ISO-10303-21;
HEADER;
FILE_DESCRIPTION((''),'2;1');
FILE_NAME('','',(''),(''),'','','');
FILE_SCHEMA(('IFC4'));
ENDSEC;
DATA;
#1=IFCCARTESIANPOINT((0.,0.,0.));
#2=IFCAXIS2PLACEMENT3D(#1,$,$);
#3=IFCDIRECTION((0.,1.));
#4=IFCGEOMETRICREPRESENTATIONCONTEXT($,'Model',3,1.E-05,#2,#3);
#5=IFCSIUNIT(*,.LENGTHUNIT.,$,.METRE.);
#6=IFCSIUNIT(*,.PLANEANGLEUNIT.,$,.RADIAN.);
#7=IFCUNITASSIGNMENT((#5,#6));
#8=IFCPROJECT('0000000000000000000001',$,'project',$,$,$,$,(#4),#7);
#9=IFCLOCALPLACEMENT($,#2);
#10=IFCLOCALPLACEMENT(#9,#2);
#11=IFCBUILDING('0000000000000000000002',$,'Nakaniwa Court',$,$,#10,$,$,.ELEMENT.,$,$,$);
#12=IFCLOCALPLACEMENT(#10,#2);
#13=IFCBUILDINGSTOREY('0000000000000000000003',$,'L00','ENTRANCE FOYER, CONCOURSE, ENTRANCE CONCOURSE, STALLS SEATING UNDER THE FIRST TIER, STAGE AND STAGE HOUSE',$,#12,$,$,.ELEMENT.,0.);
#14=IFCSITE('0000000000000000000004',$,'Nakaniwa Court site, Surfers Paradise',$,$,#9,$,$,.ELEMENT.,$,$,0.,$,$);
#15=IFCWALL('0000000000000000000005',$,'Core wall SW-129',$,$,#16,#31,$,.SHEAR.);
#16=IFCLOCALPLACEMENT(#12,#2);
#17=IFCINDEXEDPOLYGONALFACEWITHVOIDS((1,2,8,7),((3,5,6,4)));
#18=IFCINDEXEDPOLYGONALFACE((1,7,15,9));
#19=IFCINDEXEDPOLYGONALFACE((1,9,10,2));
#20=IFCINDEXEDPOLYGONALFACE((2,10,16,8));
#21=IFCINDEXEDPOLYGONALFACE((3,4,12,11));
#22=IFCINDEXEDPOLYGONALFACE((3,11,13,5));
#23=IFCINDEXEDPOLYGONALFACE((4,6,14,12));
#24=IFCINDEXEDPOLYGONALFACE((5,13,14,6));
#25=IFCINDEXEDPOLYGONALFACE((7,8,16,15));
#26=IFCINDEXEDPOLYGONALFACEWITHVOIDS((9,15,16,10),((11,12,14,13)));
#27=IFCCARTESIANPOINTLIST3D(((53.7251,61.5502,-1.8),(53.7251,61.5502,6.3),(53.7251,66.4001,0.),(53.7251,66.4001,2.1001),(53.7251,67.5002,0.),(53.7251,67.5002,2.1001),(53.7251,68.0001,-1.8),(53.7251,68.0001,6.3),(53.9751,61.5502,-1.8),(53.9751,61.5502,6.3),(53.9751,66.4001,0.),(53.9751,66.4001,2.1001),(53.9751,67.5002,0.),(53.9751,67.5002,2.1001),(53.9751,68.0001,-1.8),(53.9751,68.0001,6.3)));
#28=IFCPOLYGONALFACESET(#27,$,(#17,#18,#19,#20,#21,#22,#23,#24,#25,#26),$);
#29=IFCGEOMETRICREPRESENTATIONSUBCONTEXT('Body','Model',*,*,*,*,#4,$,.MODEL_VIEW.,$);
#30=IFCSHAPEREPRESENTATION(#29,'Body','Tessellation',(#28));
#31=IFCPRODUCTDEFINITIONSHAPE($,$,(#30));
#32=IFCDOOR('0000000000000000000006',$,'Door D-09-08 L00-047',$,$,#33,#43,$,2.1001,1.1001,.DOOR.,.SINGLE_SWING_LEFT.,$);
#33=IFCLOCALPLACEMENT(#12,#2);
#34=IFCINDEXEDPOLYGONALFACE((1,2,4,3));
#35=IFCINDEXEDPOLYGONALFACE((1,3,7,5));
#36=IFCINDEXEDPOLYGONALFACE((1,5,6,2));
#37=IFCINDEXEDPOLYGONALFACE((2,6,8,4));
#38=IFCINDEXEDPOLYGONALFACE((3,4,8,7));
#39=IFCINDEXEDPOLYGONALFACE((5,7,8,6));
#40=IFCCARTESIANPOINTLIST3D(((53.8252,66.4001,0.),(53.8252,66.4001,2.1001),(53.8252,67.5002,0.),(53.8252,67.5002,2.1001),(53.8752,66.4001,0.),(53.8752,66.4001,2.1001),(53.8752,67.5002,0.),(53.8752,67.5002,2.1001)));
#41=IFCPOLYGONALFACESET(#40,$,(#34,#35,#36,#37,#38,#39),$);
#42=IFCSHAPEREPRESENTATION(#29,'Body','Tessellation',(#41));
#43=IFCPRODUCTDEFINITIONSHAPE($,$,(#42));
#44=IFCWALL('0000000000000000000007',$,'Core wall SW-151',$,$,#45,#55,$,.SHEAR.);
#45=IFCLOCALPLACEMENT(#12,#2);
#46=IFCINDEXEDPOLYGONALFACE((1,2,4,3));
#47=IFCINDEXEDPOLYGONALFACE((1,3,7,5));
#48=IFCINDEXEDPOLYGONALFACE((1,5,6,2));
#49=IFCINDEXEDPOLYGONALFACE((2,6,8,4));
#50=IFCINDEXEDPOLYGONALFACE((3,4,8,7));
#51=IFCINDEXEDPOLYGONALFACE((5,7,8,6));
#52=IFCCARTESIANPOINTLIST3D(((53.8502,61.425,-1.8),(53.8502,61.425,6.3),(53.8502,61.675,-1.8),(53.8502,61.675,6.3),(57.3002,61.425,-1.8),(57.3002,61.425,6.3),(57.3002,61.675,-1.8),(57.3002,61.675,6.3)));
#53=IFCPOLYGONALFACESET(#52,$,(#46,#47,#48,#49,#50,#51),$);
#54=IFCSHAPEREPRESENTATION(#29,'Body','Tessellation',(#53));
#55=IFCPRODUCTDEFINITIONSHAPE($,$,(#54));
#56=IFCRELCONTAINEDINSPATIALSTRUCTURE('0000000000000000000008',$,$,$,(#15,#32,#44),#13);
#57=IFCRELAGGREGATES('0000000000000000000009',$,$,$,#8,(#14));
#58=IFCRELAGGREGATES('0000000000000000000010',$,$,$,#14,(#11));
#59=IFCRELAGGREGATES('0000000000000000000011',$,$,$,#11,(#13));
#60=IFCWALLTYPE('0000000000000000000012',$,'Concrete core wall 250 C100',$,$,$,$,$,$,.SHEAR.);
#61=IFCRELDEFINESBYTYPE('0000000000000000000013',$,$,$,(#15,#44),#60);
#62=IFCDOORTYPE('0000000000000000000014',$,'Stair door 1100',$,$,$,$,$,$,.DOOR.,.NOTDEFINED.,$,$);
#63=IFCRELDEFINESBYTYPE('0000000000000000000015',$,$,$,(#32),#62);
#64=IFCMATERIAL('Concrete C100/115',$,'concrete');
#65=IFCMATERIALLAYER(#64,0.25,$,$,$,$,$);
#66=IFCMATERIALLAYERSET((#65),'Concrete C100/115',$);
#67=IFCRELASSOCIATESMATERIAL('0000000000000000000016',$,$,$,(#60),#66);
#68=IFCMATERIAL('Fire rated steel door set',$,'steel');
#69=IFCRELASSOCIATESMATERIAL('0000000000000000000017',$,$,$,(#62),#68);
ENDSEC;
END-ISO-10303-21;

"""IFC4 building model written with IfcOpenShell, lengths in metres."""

from ifc_helpers import new_model, si_unit, direction, frame, frame_2d, origin, place, context, subcontext, project, spatial, rectangle, extrude, material, layer, layer_set, type_object, element, fill, save


model = new_model("IFC4")

# Units and contexts
model_context = context("Model", 3, precision=1e-05, world=origin(), true_north=direction((0.0, 1.0)))
body_context = subcontext(model_context, "Body", "Model", "MODEL_VIEW")
ifc_project = project(units=[si_unit("LENGTHUNIT", "METRE"), si_unit("PLANEANGLEUNIT", "RADIAN")], contexts=[model_context])

# Site, building, storey
site_placement = place(None, origin())
site = spatial("IfcSite", under=ifc_project, at=site_placement, Name="Nakaniwa Court site, Surfers Paradise", CompositionType="ELEMENT", RefElevation=0.0)
building_placement = place(site_placement, origin())
building = spatial("IfcBuilding", under=site, at=building_placement, Name="Nakaniwa Court", CompositionType="ELEMENT")
storey_placement = place(building_placement, origin())
storey = spatial("IfcBuildingStorey", under=building, at=storey_placement, Name="L00", Description="ENTRANCE FOYER, CONCOURSE, ENTRANCE CONCOURSE, STALLS SEATING UNDER THE FIRST TIER, STAGE AND STAGE HOUSE", CompositionType="ELEMENT", Elevation=0.0)

# Shared definitions
ifc_material_1 = material(Name="Concrete C100/115", Category="concrete")

# Wall, opening, door
ifc_layer_1 = layer(ifc_material_1, 0.25)
ifc_layer_set_1 = layer_set([ifc_layer_1], Name="Concrete C100/115")
wall_type_1 = type_object("IfcWallType", Name="Concrete core wall 250 C100", PredefinedType="SHEAR", material=ifc_layer_set_1)
wall_1_placement = place(storey_placement, frame((53.8501, 61.55, -1.8), z_axis=(0.0, 0.0, 1.0), x_axis=(0.0, 1.0, 0.0)))
wall_1 = element("IfcWall", 1, at=wall_1_placement, inside=storey, type_object=wall_type_1, Name="Core wall SW-129", PredefinedType="SHEAR", context=body_context, shape_type="SweptSolid", body=[
    extrude(rectangle(XDim=6.45, YDim=0.25, at=frame_2d((3.2251, 0.0))), origin(), (0.0, 0.0, 1.0), 8.1001),
])
opening_1_placement = place(wall_1_placement, frame((4.8501, 0.0, 1.8)))
opening_1 = element("IfcOpeningElement", 2, at=opening_1_placement, cuts=wall_1, PredefinedType="OPENING", context=body_context, shape_type="SweptSolid", body=[
    extrude(rectangle(XDim=1.1001, YDim=2.1001, at=frame_2d((0.55, 1.05))), frame((0.0, 0.135, 0.0), z_axis=(0.0, -1.0, 0.0), x_axis=(1.0, 0.0, 0.0)), (0.0, 0.0, 1.0), 0.27),
])
ifc_material_2 = material(Name="Fire rated steel door set", Category="steel")
door_type_1 = type_object("IfcDoorType", Name="Stair door 1100", OperationType="NOTDEFINED", PredefinedType="DOOR", material=ifc_material_2)
door_1_placement = place(opening_1_placement, origin())
door_1 = element("IfcDoor", 3, at=door_1_placement, inside=storey, type_object=door_type_1, Name="Door D-09-08 L00-047", OperationType="SINGLE_SWING_LEFT", OverallHeight=2.1001, OverallWidth=1.1001, PredefinedType="DOOR", context=body_context, shape_type="SweptSolid", body=[
    extrude(rectangle(XDim=1.1001, YDim=2.1001, at=frame_2d((0.55, 1.05))), frame((0.0, 0.0249, 0.0), z_axis=(0.0, -1.0, 0.0), x_axis=(1.0, 0.0, 0.0)), (0.0, 0.0, 1.0), 0.05),
])
fill(opening_1, door_1)

# Wall
wall_2_placement = place(storey_placement, frame((53.8501, 61.55, -1.8), z_axis=(0.0, 0.0, 1.0), x_axis=(1.0, 0.0, 0.0)))
element("IfcWall", 4, at=wall_2_placement, inside=storey, type_object=wall_type_1, Name="Core wall SW-151", PredefinedType="SHEAR", context=body_context, shape_type="SweptSolid", body=[
    extrude(rectangle(XDim=3.45, YDim=0.25, at=frame_2d((1.7251, 0.0))), origin(), (0.0, 0.0, 1.0), 8.1001),
])

save(model, "model.ifc")
